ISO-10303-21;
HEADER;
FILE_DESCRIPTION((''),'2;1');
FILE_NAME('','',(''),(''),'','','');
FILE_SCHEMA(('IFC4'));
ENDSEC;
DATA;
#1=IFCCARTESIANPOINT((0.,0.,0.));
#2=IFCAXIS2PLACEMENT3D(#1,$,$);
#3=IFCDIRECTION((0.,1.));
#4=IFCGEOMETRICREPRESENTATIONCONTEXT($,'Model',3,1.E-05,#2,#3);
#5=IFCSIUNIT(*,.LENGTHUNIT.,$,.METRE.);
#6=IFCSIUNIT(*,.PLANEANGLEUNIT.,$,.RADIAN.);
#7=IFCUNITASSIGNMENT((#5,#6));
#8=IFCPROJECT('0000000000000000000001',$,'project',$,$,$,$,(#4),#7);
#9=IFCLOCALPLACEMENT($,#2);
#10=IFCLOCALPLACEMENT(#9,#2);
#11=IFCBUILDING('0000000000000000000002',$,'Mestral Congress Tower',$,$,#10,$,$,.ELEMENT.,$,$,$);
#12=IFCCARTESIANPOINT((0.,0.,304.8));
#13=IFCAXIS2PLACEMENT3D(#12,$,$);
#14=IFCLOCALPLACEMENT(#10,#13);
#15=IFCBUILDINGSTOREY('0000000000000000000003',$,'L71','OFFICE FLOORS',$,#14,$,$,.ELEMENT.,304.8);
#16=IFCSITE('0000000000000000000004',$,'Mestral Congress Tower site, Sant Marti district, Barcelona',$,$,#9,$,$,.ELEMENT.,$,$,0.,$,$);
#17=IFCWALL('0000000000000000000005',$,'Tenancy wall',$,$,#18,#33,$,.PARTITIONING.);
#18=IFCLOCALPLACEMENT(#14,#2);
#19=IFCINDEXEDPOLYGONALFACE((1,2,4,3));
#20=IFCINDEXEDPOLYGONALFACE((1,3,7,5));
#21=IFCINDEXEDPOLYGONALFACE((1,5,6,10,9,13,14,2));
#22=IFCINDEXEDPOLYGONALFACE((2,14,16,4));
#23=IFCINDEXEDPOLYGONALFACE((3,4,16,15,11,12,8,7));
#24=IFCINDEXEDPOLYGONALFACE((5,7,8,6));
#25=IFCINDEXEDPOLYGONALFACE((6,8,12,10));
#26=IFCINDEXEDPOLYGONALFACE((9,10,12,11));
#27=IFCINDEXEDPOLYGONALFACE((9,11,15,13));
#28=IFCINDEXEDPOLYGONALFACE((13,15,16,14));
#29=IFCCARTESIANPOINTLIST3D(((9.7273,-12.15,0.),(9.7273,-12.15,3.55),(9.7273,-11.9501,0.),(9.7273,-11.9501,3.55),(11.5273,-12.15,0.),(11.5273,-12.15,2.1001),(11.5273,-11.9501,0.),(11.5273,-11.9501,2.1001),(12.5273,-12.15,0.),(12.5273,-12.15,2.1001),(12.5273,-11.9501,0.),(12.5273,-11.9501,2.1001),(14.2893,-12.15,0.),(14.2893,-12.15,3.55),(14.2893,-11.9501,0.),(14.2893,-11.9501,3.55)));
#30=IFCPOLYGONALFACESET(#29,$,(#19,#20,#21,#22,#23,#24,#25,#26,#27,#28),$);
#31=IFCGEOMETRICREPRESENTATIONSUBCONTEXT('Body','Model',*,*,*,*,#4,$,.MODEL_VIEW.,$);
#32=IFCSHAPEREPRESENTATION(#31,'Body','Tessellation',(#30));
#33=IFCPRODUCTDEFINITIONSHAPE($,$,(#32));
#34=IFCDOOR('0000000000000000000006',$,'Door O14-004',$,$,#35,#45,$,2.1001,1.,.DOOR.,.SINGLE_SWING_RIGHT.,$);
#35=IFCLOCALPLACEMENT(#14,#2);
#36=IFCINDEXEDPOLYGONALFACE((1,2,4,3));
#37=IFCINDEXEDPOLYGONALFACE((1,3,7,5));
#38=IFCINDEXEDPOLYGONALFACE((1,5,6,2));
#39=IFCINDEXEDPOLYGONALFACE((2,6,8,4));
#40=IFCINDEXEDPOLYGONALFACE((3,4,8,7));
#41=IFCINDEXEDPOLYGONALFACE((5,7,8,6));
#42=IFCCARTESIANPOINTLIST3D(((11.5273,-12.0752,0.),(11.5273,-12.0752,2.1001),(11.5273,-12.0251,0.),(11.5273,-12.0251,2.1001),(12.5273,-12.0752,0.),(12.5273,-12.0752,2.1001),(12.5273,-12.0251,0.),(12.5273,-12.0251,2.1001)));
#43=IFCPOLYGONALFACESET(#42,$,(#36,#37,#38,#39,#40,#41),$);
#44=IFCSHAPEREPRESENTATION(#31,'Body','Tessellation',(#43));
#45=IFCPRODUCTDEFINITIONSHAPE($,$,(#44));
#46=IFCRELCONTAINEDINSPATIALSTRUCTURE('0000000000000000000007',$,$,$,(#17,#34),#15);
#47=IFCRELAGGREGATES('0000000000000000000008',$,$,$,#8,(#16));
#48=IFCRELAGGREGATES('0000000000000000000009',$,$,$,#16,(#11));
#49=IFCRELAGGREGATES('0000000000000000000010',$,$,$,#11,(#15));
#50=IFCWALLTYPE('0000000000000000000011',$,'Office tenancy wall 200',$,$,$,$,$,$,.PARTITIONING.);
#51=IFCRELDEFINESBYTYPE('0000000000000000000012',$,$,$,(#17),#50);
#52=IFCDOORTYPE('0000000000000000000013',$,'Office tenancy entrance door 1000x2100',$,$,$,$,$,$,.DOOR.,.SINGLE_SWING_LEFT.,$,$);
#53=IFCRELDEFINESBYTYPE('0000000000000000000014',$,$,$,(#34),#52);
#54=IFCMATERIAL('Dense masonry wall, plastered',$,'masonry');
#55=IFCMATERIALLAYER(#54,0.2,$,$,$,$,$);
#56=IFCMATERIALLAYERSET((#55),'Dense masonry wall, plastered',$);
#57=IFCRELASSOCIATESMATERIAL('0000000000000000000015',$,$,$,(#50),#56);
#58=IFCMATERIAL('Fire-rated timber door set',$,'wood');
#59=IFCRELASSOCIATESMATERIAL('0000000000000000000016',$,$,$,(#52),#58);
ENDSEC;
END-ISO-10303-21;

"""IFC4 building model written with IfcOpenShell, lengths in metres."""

from ifc_helpers import new_model, si_unit, direction, frame, frame_2d, origin, place, context, subcontext, project, spatial, rectangle, extrude, material, layer, layer_set, type_object, element, fill, save


model = new_model("IFC4")

# Units and contexts
model_context = context("Model", 3, precision=1e-05, world=origin(), true_north=direction((0.0, 1.0)))
body_context = subcontext(model_context, "Body", "Model", "MODEL_VIEW")
ifc_project = project(units=[si_unit("LENGTHUNIT", "METRE"), si_unit("PLANEANGLEUNIT", "RADIAN")], contexts=[model_context])

# Site, building, storey
site_placement = place(None, origin())
site = spatial("IfcSite", under=ifc_project, at=site_placement, Name="Mestral Congress Tower site, Sant Marti district, Barcelona", CompositionType="ELEMENT", RefElevation=0.0)
building_placement = place(site_placement, origin())
building = spatial("IfcBuilding", under=site, at=building_placement, Name="Mestral Congress Tower", CompositionType="ELEMENT")
storey_placement = place(building_placement, frame((0.0, 0.0, 304.8)))
storey = spatial("IfcBuildingStorey", under=building, at=storey_placement, Name="L71", Description="OFFICE FLOORS", CompositionType="ELEMENT", Elevation=304.8)

# Shared definitions
ifc_material_1 = material(Name="Dense masonry wall, plastered", Category="masonry")
ifc_layer_1 = layer(ifc_material_1, 0.2)
ifc_layer_set_1 = layer_set([ifc_layer_1], Name="Dense masonry wall, plastered")
wall_type_1 = type_object("IfcWallType", Name="Office tenancy wall 200", PredefinedType="PARTITIONING", material=ifc_layer_set_1)

# Wall, opening, door
wall_1_placement = place(storey_placement, frame((9.7273, -12.05, 0.0), z_axis=(0.0, 0.0, 1.0), x_axis=(1.0, 0.0, 0.0)))
wall_1 = element("IfcWall", 1, at=wall_1_placement, inside=storey, type_object=wall_type_1, Name="Tenancy wall", PredefinedType="PARTITIONING", context=body_context, shape_type="SweptSolid", body=[
    extrude(rectangle(XDim=4.562, YDim=0.2, at=frame_2d((2.281, 0.0))), origin(), (0.0, 0.0, 1.0), 3.55),
])
opening_1_placement = place(wall_1_placement, frame((1.8, 0.0, 0.0)))
opening_1 = element("IfcOpeningElement", 2, at=opening_1_placement, cuts=wall_1, PredefinedType="OPENING", context=body_context, shape_type="SweptSolid", body=[
    extrude(rectangle(XDim=1.0, YDim=2.1001, at=frame_2d((0.5, 1.05))), frame((0.0, 0.1099, 0.0), z_axis=(0.0, -1.0, 0.0), x_axis=(1.0, 0.0, 0.0)), (0.0, 0.0, 1.0), 0.22),
])
ifc_material_2 = material(Name="Fire-rated timber door set", Category="wood")
door_type_1 = type_object("IfcDoorType", Name="Office tenancy entrance door 1000x2100", OperationType="SINGLE_SWING_LEFT", PredefinedType="DOOR", material=ifc_material_2)
door_1_placement = place(opening_1_placement, origin())
door_1 = element("IfcDoor", 3, at=door_1_placement, inside=storey, type_object=door_type_1, Name="Door O14-004", OperationType="SINGLE_SWING_RIGHT", OverallHeight=2.1001, OverallWidth=1.0, PredefinedType="DOOR", context=body_context, shape_type="SweptSolid", body=[
    extrude(rectangle(XDim=1.0, YDim=2.1001, at=frame_2d((0.5, 1.05))), frame((0.0, 0.0249, 0.0), z_axis=(0.0, -1.0, 0.0), x_axis=(1.0, 0.0, 0.0)), (0.0, 0.0, 1.0), 0.05),
])
fill(opening_1, door_1)

save(model, "model.ifc")
